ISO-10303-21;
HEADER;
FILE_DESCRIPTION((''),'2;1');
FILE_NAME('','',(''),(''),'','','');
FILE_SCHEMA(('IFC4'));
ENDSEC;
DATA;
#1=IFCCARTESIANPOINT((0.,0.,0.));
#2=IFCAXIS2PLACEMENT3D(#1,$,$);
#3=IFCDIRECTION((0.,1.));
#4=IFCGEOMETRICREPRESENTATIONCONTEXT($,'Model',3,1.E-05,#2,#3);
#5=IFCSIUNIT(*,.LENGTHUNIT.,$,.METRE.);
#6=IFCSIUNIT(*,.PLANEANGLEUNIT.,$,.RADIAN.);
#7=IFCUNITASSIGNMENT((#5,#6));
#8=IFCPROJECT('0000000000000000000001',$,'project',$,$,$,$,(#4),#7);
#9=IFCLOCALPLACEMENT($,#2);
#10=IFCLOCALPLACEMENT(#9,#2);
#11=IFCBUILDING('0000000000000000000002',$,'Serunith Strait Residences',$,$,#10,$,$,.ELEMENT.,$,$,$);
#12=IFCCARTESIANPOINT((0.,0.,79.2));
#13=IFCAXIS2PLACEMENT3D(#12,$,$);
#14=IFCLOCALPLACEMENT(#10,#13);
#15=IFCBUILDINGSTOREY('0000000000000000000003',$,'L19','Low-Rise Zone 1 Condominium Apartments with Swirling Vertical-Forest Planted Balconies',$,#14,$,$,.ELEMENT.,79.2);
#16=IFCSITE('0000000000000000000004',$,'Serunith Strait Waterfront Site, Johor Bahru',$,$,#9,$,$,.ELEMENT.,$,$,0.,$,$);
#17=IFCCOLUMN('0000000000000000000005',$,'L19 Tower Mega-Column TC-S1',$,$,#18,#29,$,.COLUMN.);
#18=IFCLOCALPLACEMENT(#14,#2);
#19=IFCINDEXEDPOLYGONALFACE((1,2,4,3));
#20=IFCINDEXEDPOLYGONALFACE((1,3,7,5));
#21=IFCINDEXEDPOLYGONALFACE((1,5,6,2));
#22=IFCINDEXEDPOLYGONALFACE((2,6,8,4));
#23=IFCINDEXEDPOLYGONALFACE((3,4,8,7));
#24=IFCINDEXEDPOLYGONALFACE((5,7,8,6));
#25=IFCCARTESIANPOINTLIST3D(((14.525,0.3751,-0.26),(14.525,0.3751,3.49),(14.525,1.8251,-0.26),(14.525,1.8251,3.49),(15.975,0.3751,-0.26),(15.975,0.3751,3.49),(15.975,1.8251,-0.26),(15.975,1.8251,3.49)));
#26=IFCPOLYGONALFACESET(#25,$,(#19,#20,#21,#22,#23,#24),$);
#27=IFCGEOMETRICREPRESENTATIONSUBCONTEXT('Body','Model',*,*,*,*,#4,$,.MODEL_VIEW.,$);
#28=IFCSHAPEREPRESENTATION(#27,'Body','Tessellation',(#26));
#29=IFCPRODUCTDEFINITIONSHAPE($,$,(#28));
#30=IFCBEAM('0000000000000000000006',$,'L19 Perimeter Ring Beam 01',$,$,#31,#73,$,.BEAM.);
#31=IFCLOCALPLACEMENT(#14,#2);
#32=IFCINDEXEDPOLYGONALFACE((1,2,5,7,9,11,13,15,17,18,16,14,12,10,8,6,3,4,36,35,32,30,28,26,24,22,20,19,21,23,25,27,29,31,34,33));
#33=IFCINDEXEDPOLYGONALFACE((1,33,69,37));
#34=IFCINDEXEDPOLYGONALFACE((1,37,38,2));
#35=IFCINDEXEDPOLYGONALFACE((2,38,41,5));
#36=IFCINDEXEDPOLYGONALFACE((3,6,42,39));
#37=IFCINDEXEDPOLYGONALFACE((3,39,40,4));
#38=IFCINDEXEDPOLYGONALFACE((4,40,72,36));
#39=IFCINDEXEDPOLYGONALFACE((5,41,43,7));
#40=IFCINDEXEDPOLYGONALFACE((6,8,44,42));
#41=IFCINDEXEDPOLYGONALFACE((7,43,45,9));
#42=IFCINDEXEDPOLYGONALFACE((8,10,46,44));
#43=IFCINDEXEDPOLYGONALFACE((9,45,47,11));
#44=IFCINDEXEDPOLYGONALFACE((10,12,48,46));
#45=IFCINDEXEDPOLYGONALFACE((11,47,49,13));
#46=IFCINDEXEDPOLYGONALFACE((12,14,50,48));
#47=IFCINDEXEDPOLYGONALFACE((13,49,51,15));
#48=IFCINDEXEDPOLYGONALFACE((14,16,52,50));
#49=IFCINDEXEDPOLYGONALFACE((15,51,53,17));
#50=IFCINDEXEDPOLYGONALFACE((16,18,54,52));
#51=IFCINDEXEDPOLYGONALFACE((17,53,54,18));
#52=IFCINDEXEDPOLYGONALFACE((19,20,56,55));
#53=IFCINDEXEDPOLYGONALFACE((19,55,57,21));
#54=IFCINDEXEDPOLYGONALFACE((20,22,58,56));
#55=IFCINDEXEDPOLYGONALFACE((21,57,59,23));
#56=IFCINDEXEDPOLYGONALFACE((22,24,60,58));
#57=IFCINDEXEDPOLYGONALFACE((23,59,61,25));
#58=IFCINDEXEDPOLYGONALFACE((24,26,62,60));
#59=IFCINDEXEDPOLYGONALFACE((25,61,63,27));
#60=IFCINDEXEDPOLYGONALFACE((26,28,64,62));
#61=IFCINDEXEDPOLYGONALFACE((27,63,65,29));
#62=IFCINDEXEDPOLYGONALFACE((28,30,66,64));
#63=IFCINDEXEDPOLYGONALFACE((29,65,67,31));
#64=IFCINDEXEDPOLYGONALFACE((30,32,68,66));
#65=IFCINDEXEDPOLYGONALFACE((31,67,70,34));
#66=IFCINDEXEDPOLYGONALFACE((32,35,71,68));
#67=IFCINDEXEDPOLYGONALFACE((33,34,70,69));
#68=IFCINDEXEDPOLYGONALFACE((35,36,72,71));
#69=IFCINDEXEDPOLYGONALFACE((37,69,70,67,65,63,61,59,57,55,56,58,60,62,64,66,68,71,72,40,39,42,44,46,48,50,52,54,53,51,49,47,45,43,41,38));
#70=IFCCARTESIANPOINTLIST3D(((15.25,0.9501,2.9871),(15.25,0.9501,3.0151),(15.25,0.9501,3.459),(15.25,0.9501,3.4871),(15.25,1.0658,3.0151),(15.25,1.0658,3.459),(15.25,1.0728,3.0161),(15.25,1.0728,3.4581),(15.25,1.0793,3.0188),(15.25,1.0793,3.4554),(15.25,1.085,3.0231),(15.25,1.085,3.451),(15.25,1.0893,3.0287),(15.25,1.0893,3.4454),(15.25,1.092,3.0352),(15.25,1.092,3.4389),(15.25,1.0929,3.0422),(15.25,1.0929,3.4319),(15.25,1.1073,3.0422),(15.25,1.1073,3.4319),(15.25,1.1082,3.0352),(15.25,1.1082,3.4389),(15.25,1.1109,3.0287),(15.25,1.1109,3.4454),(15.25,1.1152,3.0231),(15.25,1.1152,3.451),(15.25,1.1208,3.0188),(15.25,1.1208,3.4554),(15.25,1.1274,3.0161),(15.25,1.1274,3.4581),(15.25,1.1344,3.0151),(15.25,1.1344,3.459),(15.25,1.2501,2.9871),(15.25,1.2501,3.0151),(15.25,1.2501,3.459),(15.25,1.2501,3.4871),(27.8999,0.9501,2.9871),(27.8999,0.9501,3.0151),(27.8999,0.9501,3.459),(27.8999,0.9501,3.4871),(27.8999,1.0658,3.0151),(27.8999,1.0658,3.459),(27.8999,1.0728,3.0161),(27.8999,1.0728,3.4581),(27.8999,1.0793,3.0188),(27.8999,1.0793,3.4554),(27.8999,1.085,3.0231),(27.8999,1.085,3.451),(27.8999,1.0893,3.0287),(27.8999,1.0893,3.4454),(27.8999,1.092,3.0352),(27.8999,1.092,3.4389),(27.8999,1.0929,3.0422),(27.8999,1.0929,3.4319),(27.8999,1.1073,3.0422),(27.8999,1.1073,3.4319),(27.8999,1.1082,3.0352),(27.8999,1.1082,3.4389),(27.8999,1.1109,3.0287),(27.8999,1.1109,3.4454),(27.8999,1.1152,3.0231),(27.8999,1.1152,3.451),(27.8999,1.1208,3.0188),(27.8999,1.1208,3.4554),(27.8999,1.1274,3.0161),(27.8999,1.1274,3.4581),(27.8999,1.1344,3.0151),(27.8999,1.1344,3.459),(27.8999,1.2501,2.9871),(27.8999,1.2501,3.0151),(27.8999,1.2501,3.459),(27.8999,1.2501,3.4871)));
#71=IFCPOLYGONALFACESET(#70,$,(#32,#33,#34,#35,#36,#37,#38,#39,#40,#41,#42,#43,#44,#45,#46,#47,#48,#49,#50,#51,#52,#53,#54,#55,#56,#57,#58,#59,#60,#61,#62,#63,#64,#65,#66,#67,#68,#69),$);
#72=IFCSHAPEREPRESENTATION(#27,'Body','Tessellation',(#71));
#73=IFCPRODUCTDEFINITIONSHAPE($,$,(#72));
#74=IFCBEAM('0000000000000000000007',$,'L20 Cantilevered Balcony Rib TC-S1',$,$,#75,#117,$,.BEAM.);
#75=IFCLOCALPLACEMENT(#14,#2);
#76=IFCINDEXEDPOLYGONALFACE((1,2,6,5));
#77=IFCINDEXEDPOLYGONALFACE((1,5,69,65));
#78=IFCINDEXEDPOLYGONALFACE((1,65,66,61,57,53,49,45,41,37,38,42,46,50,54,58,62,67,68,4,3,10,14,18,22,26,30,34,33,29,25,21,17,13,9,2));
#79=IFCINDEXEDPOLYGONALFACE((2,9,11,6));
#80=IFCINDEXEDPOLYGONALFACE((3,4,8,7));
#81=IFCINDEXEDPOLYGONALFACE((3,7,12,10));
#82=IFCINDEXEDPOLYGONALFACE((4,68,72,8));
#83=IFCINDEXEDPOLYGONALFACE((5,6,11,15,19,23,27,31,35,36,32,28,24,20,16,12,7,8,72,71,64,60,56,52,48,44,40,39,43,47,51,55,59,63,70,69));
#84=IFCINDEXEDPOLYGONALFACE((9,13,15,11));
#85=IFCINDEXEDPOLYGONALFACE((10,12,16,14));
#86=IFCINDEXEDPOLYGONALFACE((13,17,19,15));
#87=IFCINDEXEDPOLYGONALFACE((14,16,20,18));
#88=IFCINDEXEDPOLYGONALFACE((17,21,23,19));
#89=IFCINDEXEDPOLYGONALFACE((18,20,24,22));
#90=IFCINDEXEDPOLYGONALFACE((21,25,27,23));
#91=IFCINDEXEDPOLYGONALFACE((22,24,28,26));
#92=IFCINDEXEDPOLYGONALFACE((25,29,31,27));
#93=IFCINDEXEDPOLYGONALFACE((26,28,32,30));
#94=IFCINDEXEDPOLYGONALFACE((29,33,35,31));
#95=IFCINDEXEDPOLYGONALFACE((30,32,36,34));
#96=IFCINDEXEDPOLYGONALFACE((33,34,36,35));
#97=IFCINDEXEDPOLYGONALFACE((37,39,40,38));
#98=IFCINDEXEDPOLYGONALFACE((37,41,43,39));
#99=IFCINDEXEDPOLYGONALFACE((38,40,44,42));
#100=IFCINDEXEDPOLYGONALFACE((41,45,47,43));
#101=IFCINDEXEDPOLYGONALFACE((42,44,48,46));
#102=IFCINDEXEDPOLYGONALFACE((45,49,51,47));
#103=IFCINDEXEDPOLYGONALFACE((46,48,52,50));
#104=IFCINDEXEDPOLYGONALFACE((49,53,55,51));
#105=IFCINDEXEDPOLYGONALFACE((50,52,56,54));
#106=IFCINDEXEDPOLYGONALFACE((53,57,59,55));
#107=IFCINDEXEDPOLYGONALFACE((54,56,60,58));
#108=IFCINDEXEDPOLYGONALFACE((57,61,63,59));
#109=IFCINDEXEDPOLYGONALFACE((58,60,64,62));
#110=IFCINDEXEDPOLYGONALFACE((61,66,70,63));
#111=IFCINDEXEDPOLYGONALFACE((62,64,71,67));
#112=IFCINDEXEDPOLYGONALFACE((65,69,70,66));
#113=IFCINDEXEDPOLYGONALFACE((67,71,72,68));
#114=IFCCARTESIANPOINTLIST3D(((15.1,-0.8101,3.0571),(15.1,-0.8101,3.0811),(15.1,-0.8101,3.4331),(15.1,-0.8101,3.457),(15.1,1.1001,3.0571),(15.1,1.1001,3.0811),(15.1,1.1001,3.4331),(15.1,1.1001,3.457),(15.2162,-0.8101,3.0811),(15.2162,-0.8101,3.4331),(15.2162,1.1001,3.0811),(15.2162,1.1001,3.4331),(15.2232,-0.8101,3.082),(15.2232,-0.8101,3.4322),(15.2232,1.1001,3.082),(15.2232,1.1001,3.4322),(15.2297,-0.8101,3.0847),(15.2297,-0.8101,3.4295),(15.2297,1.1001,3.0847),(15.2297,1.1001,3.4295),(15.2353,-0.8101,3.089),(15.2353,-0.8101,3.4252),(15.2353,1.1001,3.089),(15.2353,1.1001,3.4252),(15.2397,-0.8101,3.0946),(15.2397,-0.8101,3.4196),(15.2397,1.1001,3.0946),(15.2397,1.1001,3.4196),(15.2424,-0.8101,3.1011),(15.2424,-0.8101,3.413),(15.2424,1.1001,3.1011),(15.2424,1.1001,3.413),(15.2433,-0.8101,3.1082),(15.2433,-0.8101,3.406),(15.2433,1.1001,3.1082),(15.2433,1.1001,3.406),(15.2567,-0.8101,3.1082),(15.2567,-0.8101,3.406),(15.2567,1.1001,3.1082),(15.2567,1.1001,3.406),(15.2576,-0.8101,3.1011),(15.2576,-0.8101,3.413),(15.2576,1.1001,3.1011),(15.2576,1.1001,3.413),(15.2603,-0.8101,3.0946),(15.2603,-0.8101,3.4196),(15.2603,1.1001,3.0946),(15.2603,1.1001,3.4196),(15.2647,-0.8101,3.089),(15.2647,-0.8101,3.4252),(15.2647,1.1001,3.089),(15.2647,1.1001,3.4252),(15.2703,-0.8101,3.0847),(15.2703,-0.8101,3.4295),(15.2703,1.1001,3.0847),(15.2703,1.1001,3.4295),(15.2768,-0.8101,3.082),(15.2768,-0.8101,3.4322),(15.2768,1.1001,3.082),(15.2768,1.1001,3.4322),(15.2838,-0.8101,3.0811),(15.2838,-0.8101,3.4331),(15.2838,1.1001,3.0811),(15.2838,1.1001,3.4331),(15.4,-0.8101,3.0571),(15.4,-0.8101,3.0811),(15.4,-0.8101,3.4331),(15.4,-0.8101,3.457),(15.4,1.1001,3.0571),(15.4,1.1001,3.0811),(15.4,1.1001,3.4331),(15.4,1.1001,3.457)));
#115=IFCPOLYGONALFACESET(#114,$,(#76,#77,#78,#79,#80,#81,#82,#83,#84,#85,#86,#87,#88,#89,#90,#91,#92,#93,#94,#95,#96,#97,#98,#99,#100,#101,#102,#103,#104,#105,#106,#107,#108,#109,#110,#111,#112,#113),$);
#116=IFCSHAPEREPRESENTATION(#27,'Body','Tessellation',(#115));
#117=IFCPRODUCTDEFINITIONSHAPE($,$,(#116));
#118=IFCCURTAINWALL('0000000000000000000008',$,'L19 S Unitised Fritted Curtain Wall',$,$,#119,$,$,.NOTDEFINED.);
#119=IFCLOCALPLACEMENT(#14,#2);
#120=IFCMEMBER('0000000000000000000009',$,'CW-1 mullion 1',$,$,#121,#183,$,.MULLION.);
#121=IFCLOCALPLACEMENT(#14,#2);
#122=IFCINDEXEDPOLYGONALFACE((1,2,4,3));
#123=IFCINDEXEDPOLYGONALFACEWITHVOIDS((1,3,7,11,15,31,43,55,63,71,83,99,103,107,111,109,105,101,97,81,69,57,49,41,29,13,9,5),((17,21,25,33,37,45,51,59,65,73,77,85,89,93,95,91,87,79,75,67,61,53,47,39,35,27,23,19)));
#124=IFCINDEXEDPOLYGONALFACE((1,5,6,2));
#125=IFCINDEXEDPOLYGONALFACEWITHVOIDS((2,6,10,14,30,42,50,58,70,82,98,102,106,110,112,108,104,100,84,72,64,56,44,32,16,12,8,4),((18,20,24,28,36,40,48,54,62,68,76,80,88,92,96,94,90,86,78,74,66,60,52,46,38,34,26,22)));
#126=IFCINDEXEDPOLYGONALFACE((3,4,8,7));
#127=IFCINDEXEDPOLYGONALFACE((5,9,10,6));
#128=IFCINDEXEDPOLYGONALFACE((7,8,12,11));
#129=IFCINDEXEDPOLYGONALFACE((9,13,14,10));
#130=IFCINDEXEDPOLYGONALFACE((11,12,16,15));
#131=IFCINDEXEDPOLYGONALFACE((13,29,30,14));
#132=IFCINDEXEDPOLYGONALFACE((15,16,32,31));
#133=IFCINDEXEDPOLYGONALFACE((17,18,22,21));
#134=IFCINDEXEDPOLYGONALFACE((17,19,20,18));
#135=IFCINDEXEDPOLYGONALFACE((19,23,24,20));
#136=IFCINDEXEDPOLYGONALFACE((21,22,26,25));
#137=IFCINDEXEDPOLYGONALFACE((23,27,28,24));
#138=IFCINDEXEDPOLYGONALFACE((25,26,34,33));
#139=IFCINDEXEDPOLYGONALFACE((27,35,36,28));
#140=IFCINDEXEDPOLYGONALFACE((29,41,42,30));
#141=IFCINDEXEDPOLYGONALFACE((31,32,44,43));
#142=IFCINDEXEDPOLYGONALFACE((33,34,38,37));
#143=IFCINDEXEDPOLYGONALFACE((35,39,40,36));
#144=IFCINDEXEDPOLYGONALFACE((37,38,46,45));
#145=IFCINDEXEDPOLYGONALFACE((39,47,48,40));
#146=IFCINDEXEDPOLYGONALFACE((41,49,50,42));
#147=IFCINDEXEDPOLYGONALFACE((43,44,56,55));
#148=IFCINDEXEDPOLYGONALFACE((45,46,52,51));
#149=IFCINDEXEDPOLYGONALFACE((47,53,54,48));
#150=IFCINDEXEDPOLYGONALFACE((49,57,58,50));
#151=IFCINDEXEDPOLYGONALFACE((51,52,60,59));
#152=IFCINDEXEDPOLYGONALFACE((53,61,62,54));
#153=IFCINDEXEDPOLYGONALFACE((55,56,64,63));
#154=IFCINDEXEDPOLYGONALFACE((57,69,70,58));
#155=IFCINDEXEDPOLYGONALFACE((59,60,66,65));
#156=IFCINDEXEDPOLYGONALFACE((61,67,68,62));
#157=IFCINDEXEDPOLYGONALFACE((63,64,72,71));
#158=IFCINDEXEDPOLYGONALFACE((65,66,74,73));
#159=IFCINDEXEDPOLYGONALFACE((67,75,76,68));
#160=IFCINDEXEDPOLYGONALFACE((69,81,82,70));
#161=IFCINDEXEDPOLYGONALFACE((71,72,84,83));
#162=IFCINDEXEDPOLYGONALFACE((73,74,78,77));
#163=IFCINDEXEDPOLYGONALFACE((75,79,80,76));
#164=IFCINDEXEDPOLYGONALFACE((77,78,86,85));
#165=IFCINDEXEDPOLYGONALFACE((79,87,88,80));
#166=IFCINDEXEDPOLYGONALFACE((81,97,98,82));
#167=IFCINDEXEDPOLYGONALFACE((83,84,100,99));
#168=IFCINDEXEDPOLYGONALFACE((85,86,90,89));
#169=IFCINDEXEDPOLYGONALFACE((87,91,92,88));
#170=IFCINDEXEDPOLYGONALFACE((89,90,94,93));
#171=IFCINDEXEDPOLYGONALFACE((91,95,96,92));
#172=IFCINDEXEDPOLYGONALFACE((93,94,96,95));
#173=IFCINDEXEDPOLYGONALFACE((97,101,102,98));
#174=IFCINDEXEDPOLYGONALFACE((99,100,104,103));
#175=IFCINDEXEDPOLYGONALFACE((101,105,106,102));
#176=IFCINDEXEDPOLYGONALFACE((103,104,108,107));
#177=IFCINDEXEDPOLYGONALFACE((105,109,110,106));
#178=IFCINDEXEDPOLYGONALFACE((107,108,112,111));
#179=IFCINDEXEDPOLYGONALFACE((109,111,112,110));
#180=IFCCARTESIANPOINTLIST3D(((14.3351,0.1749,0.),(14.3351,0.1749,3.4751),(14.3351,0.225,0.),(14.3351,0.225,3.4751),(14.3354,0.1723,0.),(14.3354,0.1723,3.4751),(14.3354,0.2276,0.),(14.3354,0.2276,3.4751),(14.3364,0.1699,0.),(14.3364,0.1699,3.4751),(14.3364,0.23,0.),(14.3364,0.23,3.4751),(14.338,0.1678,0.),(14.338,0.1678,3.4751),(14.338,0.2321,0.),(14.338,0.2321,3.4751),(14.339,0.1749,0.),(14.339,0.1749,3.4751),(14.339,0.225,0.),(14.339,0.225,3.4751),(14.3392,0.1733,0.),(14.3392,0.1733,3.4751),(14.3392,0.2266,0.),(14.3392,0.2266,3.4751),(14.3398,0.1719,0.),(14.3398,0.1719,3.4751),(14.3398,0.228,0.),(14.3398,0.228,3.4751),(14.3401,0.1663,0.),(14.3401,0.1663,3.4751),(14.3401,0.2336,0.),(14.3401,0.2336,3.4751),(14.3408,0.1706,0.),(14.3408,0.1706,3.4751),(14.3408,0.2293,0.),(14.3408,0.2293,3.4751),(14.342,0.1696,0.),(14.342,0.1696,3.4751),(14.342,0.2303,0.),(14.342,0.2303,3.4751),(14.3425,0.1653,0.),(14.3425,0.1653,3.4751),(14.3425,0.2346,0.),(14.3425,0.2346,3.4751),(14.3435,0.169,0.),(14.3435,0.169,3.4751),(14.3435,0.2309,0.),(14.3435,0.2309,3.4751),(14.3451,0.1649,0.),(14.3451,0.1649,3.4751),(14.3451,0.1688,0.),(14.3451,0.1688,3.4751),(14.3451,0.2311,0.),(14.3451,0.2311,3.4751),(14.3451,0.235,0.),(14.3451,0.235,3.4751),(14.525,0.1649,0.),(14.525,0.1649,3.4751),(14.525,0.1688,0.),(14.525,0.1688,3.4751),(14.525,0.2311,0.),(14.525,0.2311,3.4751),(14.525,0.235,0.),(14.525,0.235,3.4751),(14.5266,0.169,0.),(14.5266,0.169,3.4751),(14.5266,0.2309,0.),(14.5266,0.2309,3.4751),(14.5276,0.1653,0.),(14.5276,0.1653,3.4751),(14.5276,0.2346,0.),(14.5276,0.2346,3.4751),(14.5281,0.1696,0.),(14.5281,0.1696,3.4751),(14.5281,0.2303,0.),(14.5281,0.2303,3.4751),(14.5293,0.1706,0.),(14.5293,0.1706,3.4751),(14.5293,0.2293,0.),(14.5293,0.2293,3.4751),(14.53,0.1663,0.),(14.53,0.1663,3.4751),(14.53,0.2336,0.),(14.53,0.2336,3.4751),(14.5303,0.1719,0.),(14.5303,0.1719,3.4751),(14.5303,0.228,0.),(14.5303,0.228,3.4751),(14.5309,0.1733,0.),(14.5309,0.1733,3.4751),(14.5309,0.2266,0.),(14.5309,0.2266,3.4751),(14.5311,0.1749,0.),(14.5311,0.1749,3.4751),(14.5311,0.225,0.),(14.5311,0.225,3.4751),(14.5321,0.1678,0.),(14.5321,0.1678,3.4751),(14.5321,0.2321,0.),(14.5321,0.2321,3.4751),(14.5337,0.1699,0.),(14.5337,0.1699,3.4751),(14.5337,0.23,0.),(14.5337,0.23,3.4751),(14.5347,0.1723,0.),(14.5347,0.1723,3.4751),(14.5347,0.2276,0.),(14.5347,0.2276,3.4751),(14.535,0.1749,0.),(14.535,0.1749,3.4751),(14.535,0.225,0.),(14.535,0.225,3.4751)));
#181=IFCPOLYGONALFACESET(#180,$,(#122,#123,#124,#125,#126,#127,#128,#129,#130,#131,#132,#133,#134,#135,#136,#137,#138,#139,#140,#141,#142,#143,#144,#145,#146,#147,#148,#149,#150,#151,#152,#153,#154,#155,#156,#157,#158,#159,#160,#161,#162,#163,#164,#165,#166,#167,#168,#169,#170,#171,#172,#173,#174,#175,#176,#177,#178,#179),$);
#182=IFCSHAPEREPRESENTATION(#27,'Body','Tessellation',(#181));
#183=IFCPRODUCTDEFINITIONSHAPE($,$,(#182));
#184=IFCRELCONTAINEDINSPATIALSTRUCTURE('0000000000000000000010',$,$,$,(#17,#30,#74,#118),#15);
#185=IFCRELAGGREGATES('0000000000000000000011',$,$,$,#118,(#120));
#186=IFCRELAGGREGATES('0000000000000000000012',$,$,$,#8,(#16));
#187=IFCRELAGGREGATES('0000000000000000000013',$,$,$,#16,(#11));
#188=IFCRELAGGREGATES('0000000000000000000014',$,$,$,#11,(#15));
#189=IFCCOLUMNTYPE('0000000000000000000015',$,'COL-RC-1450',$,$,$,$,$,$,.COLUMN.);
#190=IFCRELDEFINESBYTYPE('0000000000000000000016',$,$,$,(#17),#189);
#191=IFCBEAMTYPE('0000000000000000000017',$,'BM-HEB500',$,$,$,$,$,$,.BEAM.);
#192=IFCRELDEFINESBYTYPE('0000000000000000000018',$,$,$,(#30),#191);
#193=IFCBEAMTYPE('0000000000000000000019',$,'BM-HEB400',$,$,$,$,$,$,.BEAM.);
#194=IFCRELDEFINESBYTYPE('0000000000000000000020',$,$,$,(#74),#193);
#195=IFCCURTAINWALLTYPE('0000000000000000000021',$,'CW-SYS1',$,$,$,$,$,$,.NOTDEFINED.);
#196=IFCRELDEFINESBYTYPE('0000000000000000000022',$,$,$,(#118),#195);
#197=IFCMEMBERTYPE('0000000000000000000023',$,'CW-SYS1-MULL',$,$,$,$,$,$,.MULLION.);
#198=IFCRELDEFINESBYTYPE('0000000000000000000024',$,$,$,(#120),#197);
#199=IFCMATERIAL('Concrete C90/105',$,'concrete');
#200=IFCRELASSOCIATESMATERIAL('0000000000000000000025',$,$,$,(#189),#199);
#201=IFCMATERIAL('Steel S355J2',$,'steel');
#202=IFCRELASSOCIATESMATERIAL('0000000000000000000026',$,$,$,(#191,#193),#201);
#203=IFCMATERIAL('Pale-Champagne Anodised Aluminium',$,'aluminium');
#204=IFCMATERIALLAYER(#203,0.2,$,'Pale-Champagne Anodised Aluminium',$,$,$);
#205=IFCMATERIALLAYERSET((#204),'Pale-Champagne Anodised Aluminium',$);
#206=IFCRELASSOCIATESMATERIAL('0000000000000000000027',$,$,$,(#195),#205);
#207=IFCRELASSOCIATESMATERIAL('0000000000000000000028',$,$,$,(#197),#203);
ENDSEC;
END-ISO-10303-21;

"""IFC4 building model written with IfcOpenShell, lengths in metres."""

from ifc_helpers import new_model, si_unit, direction, frame, origin, origin_2d, place, context, subcontext, project, spatial, rectangle, hollow_rectangle, i_section, extrude, source, transform, mapped, material, layer, layer_set, material_profile, profile_set, type_object, element, aggregate, save


model = new_model("IFC4")

# Units and contexts
model_context = context("Model", 3, precision=1e-05, world=origin(), true_north=direction((0.0, 1.0)))
body_context = subcontext(model_context, "Body", "Model", "MODEL_VIEW")
ifc_project = project(units=[si_unit("LENGTHUNIT", "METRE"), si_unit("PLANEANGLEUNIT", "RADIAN")], contexts=[model_context])

# Site, building, storey
site_placement = place(None, origin())
site = spatial("IfcSite", under=ifc_project, at=site_placement, Name="Serunith Strait Waterfront Site, Johor Bahru", CompositionType="ELEMENT", RefElevation=0.0)
building_placement = place(site_placement, origin())
building = spatial("IfcBuilding", under=site, at=building_placement, Name="Serunith Strait Residences", CompositionType="ELEMENT")
storey_placement = place(building_placement, frame((0.0, 0.0, 79.2)))
storey = spatial("IfcBuildingStorey", under=building, at=storey_placement, Name="L19", Description="Low-Rise Zone 1 Condominium Apartments with Swirling Vertical-Forest Planted Balconies", CompositionType="ELEMENT", Elevation=79.2)

# Column
ifc_material_1 = material(Name="Concrete C90/105", Category="concrete")
ifc_material_profile_1 = material_profile(ifc_material_1, rectangle(XDim=1.45, YDim=1.45, at=origin_2d()), Name="RC 1450x1450")
ifc_profile_set_1 = profile_set([ifc_material_profile_1], Name="Concrete C90/105")
column_type = type_object("IfcColumnType", Name="COL-RC-1450", PredefinedType="COLUMN", material=ifc_profile_set_1)
shared_shape_1 = source(origin(), body_context, "Body", "SweptSolid", [
    extrude(rectangle(XDim=1.45, YDim=1.45, at=origin_2d()), origin(), (0.0, 0.0, 1.0), 3.75),
])
column_placement = place(storey_placement, frame((15.25, 1.1001, -0.26), z_axis=(0.0, 0.0, 1.0), x_axis=(1.0, 0.0, 0.0)))
element("IfcColumn", 1, at=column_placement, inside=storey, type_object=column_type, Name="L19 Tower Mega-Column TC-S1", PredefinedType="COLUMN", context=body_context, shape_type="MappedRepresentation", body=[
    mapped(shared_shape_1, transform((0.0, 0.0, 0.0), scale=1.0)),
])

# Beams
ifc_material_2 = material(Name="Steel S355J2", Category="steel")
ifc_material_profile_2 = material_profile(ifc_material_2, i_section(OverallWidth=0.3, OverallDepth=0.5, WebThickness=0.0144, FlangeThickness=0.0281, FilletRadius=0.0271, at=origin_2d()), Name="HEB 500")
ifc_profile_set_2 = profile_set([ifc_material_profile_2], Name="Steel S355J2")
beam_type_1 = type_object("IfcBeamType", Name="BM-HEB500", PredefinedType="BEAM", material=ifc_profile_set_2)
shared_shape_2 = source(origin(), body_context, "Body", "SweptSolid", [
    extrude(i_section(OverallWidth=0.3, OverallDepth=0.5, WebThickness=0.0144, FlangeThickness=0.0281, FilletRadius=0.0271, at=origin_2d()), origin(), (0.0, 0.0, 1.0), 12.6499),
])
beam_1_placement = place(storey_placement, frame((15.25, 1.1001, 3.2371), z_axis=(1.0, 0.0, 0.0), x_axis=(0.0, 1.0, 0.0)))
element("IfcBeam", 2, at=beam_1_placement, inside=storey, type_object=beam_type_1, Name="L19 Perimeter Ring Beam 01", PredefinedType="BEAM", context=body_context, shape_type="MappedRepresentation", body=[
    mapped(shared_shape_2, transform((0.0, 0.0, 0.0), scale=1.0)),
])
ifc_material_profile_3 = material_profile(ifc_material_2, i_section(OverallWidth=0.3, OverallDepth=0.3999, WebThickness=0.0134, FlangeThickness=0.0239, FilletRadius=0.0271, at=origin_2d()), Name="HEB 400")
ifc_profile_set_3 = profile_set([ifc_material_profile_3], Name="Steel S355J2")
beam_type_2 = type_object("IfcBeamType", Name="BM-HEB400", PredefinedType="BEAM", material=ifc_profile_set_3)
shared_shape_3 = source(origin(), body_context, "Body", "SweptSolid", [
    extrude(i_section(OverallWidth=0.3, OverallDepth=0.3999, WebThickness=0.0134, FlangeThickness=0.0239, FilletRadius=0.0271, at=origin_2d()), origin(), (0.0, 0.0, 1.0), 1.9102),
])
beam_2_placement = place(storey_placement, frame((15.25, 1.1001, 3.2571), z_axis=(0.0, -1.0, 0.0), x_axis=(1.0, 0.0, 0.0)))
element("IfcBeam", 3, at=beam_2_placement, inside=storey, type_object=beam_type_2, Name="L20 Cantilevered Balcony Rib TC-S1", PredefinedType="BEAM", context=body_context, shape_type="MappedRepresentation", body=[
    mapped(shared_shape_3, transform((0.0, 0.0, 0.0), scale=1.0)),
])

# Curtain wall, member
ifc_material_3 = material(Name="Pale-Champagne Anodised Aluminium", Category="aluminium")
ifc_layer_1 = layer(ifc_material_3, 0.2, Name="Pale-Champagne Anodised Aluminium")
ifc_layer_set_1 = layer_set([ifc_layer_1], Name="Pale-Champagne Anodised Aluminium")
curtain_wall_type = type_object("IfcCurtainWallType", Name="CW-SYS1", PredefinedType="NOTDEFINED", material=ifc_layer_set_1)
curtain_wall_1_placement = place(storey_placement, origin())
curtain_wall_1 = element("IfcCurtainWall", 4, at=curtain_wall_1_placement, inside=storey, type_object=curtain_wall_type, Name="L19 S Unitised Fritted Curtain Wall", PredefinedType="NOTDEFINED")
ifc_material_profile_4 = material_profile(ifc_material_3, hollow_rectangle(XDim=0.0701, YDim=0.2, WallThickness=0.0039, InnerFilletRadius=0.0061, OuterFilletRadius=0.01, at=origin_2d()), Name="ALU 200x70x4")
ifc_profile_set_4 = profile_set([ifc_material_profile_4], Name="Pale-Champagne Anodised Aluminium")
member_type_1 = type_object("IfcMemberType", Name="CW-SYS1-MULL", PredefinedType="MULLION", material=ifc_profile_set_4)
shared_shape_4 = source(origin(), body_context, "Body", "SweptSolid", [
    extrude(hollow_rectangle(XDim=0.0701, YDim=0.2, WallThickness=0.0039, InnerFilletRadius=0.0061, OuterFilletRadius=0.01, at=origin_2d()), origin(), (0.0, 0.0, 1.0), 3.4751),
])
member_1_placement = place(storey_placement, frame((14.4351, 0.2, 0.0), z_axis=(0.0, 0.0, 1.0), x_axis=(0.0, 1.0, 0.0)))
member_1 = element("IfcMember", 5, at=member_1_placement, type_object=member_type_1, Name="CW-1 mullion 1", PredefinedType="MULLION", context=body_context, shape_type="MappedRepresentation", body=[
    mapped(shared_shape_4, transform((0.0, 0.0, 0.0), scale=1.0)),
])

aggregate(curtain_wall_1, [member_1])

save(model, "model.ifc")
